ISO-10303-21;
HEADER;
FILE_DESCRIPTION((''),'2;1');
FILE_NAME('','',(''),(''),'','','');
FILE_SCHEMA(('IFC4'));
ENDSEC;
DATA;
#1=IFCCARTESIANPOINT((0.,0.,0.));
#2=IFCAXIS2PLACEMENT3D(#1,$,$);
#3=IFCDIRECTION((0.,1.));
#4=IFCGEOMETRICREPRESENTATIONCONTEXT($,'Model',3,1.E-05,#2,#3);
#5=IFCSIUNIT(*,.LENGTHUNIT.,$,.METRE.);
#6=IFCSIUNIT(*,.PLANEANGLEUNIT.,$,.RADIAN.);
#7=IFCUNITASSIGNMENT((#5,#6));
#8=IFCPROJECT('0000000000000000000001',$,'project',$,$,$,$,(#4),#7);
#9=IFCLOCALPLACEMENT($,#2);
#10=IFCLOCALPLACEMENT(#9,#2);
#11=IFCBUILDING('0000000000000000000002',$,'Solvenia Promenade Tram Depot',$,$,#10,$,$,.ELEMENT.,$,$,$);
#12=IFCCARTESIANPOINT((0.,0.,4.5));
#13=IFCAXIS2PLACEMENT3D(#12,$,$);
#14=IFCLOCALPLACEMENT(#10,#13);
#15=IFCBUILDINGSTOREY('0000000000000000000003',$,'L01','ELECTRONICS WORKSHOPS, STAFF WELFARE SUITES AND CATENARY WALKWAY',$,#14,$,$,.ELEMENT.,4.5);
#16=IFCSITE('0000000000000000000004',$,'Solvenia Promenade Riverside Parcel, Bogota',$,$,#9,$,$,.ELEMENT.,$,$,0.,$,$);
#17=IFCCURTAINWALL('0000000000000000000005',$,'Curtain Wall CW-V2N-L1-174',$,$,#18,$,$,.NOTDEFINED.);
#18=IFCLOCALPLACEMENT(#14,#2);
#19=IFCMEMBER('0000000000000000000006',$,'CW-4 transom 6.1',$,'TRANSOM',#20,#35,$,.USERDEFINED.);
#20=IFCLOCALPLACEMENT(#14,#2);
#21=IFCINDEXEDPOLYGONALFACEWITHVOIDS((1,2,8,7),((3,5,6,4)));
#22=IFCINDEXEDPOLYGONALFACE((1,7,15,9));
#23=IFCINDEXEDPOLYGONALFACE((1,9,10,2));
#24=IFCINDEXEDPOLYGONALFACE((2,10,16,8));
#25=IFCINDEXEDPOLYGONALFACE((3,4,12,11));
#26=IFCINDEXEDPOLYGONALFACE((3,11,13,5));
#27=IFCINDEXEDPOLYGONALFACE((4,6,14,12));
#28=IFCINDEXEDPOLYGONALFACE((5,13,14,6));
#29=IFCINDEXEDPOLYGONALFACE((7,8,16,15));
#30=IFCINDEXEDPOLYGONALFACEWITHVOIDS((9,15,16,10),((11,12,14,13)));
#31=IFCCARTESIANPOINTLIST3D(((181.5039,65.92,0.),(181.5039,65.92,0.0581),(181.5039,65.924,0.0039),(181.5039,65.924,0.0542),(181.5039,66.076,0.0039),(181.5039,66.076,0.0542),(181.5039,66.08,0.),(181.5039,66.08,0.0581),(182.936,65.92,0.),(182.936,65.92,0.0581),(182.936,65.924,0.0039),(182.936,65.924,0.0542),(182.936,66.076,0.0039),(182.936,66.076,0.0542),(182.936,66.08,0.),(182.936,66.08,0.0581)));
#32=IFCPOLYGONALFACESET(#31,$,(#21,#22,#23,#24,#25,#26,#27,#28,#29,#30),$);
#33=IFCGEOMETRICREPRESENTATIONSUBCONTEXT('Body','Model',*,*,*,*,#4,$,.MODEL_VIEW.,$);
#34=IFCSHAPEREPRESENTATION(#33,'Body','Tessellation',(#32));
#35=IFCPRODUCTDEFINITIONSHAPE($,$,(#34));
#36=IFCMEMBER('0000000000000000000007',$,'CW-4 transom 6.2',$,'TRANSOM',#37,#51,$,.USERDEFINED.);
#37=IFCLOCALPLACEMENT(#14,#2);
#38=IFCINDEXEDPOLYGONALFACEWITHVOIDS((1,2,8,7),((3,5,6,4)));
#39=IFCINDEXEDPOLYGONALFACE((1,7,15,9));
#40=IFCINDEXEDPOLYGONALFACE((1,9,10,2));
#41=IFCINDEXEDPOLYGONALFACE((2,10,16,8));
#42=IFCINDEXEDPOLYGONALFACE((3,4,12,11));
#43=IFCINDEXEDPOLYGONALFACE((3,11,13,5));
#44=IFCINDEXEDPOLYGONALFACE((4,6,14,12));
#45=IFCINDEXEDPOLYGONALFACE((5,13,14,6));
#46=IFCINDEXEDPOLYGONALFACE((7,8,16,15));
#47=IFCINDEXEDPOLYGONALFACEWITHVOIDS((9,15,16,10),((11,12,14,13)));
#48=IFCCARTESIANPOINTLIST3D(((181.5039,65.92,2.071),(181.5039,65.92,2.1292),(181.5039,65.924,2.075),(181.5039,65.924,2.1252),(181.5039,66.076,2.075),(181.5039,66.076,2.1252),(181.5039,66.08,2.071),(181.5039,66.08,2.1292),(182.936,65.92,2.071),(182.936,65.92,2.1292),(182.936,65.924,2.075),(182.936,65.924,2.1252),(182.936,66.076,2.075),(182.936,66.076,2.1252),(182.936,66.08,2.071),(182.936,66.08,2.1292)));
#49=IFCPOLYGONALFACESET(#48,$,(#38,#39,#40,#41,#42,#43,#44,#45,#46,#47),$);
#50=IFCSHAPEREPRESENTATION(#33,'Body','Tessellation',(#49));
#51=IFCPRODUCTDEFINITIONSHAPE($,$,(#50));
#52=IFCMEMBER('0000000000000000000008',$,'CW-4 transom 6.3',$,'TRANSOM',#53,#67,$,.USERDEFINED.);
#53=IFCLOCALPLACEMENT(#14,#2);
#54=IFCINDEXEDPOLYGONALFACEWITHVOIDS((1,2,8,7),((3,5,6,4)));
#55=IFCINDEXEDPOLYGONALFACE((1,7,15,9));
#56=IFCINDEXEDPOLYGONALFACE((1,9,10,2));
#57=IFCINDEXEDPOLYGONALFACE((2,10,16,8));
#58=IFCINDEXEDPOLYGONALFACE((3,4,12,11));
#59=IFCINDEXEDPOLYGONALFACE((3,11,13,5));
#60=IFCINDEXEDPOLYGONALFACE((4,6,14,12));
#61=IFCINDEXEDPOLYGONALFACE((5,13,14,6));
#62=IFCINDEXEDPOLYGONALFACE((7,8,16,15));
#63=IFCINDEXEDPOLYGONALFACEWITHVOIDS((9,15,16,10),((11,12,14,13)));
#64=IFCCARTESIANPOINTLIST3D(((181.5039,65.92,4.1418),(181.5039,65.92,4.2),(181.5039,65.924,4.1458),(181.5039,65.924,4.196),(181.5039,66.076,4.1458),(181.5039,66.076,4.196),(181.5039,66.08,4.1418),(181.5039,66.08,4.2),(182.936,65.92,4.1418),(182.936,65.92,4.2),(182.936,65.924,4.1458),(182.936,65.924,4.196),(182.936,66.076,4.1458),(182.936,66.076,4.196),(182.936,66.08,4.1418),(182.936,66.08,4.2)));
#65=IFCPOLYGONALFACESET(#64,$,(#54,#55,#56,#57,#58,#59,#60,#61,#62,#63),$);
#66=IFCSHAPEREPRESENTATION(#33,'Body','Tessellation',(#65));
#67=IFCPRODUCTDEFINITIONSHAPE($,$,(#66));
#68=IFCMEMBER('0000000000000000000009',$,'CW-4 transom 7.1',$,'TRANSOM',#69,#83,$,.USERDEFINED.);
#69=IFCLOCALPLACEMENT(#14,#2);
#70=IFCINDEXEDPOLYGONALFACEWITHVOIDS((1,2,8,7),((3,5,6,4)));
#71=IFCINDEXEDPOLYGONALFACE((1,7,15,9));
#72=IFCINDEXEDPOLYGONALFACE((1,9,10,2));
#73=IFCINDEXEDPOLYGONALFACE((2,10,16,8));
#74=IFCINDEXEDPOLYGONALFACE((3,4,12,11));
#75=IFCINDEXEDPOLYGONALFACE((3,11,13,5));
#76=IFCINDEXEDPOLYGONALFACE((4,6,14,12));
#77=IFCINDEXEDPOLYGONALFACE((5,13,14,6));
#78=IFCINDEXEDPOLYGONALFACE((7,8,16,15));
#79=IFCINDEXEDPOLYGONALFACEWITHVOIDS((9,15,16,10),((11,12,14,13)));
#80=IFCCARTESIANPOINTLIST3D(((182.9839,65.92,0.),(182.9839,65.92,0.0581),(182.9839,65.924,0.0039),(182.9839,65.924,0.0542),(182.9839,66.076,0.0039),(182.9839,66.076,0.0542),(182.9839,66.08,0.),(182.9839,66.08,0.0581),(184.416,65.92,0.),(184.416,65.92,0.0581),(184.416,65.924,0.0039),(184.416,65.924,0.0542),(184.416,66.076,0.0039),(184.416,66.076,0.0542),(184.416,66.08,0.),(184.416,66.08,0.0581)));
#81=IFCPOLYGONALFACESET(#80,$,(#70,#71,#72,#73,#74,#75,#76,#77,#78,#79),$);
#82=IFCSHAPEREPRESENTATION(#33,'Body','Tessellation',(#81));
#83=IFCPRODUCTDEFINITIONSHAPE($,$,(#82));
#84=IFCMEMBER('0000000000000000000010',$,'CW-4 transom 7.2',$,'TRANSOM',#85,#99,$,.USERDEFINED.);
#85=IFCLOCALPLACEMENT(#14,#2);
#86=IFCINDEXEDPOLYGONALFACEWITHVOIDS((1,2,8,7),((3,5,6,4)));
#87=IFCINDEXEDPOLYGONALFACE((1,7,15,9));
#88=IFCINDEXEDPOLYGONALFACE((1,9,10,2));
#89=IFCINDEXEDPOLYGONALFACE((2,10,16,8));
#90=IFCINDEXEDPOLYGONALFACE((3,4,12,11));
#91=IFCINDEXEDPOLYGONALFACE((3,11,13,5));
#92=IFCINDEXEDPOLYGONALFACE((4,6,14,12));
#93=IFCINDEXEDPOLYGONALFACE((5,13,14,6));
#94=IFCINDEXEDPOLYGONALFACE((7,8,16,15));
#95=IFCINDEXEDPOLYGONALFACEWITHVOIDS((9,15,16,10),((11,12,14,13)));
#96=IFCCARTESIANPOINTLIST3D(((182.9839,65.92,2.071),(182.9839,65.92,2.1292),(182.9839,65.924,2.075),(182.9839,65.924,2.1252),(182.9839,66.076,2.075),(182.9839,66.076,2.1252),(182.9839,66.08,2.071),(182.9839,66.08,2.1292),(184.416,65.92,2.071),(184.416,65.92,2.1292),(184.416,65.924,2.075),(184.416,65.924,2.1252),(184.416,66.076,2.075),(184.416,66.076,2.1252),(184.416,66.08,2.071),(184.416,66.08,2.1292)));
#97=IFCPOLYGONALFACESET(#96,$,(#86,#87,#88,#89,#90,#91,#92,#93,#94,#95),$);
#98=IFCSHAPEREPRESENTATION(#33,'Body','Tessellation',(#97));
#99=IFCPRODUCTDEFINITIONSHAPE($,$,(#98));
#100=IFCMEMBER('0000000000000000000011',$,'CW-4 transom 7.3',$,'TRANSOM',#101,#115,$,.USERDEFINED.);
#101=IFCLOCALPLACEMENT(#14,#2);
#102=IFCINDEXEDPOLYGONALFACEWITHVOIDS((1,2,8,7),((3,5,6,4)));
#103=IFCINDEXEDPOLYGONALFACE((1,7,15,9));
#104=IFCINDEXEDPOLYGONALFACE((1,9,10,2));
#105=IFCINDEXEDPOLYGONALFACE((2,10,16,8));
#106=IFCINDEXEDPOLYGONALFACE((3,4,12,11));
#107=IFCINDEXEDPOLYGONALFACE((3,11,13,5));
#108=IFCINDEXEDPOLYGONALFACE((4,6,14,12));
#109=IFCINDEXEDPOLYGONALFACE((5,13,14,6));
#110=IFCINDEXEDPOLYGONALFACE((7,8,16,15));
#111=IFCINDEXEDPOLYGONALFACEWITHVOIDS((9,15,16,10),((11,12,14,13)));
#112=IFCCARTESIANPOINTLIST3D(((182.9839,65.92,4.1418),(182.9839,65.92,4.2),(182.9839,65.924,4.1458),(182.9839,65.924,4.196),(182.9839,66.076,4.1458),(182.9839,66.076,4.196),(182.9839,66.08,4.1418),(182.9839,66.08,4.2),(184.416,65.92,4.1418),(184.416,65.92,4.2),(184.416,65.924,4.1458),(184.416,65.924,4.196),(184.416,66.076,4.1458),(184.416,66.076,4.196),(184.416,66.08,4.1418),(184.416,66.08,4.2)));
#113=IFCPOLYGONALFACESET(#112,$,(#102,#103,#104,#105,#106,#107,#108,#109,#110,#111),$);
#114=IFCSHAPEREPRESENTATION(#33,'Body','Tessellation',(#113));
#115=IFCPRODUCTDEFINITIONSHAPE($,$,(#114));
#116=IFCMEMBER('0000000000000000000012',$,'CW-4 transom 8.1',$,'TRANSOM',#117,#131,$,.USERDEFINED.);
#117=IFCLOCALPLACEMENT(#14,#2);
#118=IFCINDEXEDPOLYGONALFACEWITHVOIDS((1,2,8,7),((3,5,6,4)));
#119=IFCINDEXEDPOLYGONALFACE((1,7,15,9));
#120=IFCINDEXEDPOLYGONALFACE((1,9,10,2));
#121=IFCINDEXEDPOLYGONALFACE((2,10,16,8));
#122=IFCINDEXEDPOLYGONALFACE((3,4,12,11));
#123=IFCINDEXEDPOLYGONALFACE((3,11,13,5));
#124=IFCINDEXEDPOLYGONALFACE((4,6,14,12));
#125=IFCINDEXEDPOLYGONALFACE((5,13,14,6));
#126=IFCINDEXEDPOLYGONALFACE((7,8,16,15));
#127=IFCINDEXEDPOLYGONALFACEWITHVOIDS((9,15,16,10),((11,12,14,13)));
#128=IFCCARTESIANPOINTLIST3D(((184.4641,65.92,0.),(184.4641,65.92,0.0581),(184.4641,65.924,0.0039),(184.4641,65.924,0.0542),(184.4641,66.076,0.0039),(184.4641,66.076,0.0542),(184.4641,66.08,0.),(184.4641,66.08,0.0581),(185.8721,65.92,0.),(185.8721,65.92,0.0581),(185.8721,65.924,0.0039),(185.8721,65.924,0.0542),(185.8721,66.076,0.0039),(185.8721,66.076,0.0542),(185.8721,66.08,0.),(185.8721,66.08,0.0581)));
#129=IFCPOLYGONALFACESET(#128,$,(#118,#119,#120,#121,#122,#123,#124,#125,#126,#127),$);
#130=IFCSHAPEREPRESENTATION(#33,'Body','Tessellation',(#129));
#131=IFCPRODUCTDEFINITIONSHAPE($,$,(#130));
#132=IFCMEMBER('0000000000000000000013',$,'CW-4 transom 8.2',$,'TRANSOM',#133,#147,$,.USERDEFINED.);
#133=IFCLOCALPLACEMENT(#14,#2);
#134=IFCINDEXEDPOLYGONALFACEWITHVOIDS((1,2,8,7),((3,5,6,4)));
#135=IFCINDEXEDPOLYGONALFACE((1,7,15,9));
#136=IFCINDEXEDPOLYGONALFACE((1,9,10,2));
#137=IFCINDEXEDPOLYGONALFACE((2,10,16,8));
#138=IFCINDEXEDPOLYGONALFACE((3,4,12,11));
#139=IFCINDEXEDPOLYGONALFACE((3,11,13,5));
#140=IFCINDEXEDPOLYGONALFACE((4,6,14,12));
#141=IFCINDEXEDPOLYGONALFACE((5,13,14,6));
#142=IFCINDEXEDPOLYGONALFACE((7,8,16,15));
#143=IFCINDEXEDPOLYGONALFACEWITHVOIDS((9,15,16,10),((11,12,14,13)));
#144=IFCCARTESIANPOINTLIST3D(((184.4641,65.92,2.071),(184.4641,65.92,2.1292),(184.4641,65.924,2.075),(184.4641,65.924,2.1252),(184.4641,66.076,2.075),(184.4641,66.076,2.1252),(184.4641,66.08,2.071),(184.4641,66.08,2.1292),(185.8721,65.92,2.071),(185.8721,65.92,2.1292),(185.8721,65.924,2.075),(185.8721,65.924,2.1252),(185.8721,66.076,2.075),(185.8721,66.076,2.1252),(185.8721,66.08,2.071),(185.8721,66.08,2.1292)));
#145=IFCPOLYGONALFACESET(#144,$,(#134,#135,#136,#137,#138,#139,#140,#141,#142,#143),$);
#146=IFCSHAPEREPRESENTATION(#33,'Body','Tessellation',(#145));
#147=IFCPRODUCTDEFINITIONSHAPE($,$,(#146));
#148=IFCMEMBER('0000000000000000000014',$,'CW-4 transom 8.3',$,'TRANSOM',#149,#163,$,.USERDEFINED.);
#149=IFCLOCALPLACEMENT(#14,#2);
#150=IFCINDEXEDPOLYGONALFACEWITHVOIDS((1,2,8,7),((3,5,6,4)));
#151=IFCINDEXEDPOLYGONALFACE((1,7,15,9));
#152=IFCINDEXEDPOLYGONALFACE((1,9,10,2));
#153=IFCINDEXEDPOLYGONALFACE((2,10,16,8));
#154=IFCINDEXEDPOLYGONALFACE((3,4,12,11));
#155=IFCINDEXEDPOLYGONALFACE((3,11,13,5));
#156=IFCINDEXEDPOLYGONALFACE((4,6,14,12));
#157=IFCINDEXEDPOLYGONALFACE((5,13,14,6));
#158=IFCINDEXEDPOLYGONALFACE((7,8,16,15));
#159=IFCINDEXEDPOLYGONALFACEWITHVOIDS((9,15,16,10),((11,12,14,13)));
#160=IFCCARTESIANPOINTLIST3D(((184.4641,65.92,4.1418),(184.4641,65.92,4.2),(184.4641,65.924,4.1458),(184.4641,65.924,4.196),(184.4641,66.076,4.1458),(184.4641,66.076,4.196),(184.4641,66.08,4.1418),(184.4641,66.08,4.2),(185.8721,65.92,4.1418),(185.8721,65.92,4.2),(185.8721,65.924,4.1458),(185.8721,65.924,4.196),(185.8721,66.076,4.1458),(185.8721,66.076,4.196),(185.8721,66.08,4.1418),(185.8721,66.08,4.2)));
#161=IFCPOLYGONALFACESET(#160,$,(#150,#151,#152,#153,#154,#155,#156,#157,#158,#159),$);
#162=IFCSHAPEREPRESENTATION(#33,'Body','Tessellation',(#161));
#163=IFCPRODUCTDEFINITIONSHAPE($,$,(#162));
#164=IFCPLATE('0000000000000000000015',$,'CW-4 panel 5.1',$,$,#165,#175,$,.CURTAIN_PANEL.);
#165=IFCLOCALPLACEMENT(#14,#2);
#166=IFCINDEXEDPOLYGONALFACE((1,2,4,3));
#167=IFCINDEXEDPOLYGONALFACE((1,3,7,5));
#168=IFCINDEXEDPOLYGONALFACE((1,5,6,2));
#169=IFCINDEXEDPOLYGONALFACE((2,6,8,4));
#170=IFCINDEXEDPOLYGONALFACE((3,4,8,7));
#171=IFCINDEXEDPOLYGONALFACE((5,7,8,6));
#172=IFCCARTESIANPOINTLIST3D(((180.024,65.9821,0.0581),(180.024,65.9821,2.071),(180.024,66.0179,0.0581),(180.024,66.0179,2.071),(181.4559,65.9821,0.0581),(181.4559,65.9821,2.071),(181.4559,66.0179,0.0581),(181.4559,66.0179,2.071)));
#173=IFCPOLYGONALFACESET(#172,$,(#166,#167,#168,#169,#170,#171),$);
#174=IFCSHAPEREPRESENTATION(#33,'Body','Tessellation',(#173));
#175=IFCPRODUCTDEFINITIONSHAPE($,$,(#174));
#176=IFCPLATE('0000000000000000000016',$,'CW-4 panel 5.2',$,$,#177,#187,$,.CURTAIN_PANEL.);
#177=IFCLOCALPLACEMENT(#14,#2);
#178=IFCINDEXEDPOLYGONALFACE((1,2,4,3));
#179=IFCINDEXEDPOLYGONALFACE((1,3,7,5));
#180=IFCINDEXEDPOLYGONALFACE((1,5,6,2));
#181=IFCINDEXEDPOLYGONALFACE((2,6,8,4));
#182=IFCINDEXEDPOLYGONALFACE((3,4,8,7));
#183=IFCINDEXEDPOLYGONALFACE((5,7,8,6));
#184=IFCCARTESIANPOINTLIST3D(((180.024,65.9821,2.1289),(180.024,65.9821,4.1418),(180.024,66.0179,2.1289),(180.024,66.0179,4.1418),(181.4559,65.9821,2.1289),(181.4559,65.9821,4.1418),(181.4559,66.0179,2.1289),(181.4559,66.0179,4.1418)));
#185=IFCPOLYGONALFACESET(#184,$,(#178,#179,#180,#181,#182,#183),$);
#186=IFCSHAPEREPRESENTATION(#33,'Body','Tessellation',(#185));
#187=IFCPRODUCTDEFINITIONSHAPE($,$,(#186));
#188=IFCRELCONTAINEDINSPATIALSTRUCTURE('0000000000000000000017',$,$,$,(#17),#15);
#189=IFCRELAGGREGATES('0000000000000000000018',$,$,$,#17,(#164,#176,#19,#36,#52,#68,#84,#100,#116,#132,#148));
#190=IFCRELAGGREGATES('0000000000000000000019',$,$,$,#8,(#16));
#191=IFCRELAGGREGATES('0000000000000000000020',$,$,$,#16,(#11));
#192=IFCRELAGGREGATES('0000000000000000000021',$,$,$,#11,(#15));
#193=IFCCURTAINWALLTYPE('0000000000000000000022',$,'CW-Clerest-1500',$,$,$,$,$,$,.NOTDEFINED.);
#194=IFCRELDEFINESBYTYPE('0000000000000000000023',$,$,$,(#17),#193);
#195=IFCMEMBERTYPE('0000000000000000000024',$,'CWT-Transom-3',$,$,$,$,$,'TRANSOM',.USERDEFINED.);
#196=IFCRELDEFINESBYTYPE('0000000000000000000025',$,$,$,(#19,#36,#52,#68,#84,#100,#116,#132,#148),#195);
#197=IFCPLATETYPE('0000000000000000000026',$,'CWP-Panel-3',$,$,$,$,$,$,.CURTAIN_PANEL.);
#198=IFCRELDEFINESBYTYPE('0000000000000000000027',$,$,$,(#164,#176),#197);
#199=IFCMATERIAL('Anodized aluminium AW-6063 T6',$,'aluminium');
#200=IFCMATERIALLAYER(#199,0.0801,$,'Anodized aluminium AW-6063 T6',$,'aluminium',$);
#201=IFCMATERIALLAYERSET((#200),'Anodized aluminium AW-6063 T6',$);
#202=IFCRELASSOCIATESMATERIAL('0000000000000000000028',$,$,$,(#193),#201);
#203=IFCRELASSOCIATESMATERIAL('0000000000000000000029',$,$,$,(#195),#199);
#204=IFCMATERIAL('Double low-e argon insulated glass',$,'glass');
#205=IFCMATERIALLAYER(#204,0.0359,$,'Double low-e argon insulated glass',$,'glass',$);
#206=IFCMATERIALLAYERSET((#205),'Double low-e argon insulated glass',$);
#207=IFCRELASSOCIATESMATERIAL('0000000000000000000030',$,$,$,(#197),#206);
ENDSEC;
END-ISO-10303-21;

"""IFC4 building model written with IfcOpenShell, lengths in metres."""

from ifc_helpers import new_model, si_unit, direction, frame, origin, origin_2d, place, context, subcontext, project, spatial, rectangle, hollow_rectangle, extrude, material, layer, layer_set, material_profile, profile_set, type_object, element, aggregate, save


model = new_model("IFC4")

# Units and contexts
model_context = context("Model", 3, precision=1e-05, world=origin(), true_north=direction((0.0, 1.0)))
body_context = subcontext(model_context, "Body", "Model", "MODEL_VIEW")
ifc_project = project(units=[si_unit("LENGTHUNIT", "METRE"), si_unit("PLANEANGLEUNIT", "RADIAN")], contexts=[model_context])

# Site, building, storey
site_placement = place(None, origin())
site = spatial("IfcSite", under=ifc_project, at=site_placement, Name="Solvenia Promenade Riverside Parcel, Bogota", CompositionType="ELEMENT", RefElevation=0.0)
building_placement = place(site_placement, origin())
building = spatial("IfcBuilding", under=site, at=building_placement, Name="Solvenia Promenade Tram Depot", CompositionType="ELEMENT")
storey_placement = place(building_placement, frame((0.0, 0.0, 4.5)))
storey = spatial("IfcBuildingStorey", under=building, at=storey_placement, Name="L01", Description="ELECTRONICS WORKSHOPS, STAFF WELFARE SUITES AND CATENARY WALKWAY", CompositionType="ELEMENT", Elevation=4.5)

# Curtain wall, members, plates
ifc_material_1 = material(Name="Anodized aluminium AW-6063 T6", Category="aluminium")
ifc_layer_1 = layer(ifc_material_1, 0.0801, Name="Anodized aluminium AW-6063 T6", Category="aluminium")
ifc_layer_set_1 = layer_set([ifc_layer_1], Name="Anodized aluminium AW-6063 T6")
curtain_wall_type = type_object("IfcCurtainWallType", Name="CW-Clerest-1500", PredefinedType="NOTDEFINED", material=ifc_layer_set_1)
curtain_wall_placement = place(storey_placement, origin())
curtain_wall = element("IfcCurtainWall", 1, at=curtain_wall_placement, inside=storey, type_object=curtain_wall_type, Name="Curtain Wall CW-V2N-L1-174", PredefinedType="NOTDEFINED")
ifc_material_profile_1 = material_profile(ifc_material_1, hollow_rectangle(XDim=0.1599, YDim=0.0581, WallThickness=0.0039, at=origin_2d()), Name="ALU-T3", Category="aluminium")
ifc_profile_set_1 = profile_set([ifc_material_profile_1], Name="Anodized aluminium AW-6063 T6")
member_type_1 = type_object("IfcMemberType", Name="CWT-Transom-3", ElementType="TRANSOM", PredefinedType="USERDEFINED", material=ifc_profile_set_1)
member_1_placement = place(storey_placement, frame((181.5039, 66.0, 0.0291), z_axis=(1.0, 0.0, 0.0), x_axis=(0.0, 1.0, 0.0)))
member_1 = element("IfcMember", 2, at=member_1_placement, type_object=member_type_1, Name="CW-4 transom 6.1", ObjectType="TRANSOM", PredefinedType="USERDEFINED", context=body_context, shape_type="SweptSolid", body=[
    extrude(hollow_rectangle(XDim=0.1599, YDim=0.0581, WallThickness=0.0039, at=origin_2d()), origin(), (0.0, 0.0, 1.0), 1.4321),
])
member_2_placement = place(storey_placement, frame((181.5039, 66.0, 2.1001), z_axis=(1.0, 0.0, 0.0), x_axis=(0.0, 1.0, 0.0)))
member_2 = element("IfcMember", 3, at=member_2_placement, type_object=member_type_1, Name="CW-4 transom 6.2", ObjectType="TRANSOM", PredefinedType="USERDEFINED", context=body_context, shape_type="SweptSolid", body=[
    extrude(hollow_rectangle(XDim=0.1599, YDim=0.0581, WallThickness=0.0039, at=origin_2d()), origin(), (0.0, 0.0, 1.0), 1.4321),
])
member_3_placement = place(storey_placement, frame((181.5039, 66.0, 4.1709), z_axis=(1.0, 0.0, 0.0), x_axis=(0.0, 1.0, 0.0)))
member_3 = element("IfcMember", 4, at=member_3_placement, type_object=member_type_1, Name="CW-4 transom 6.3", ObjectType="TRANSOM", PredefinedType="USERDEFINED", context=body_context, shape_type="SweptSolid", body=[
    extrude(hollow_rectangle(XDim=0.1599, YDim=0.0581, WallThickness=0.0039, at=origin_2d()), origin(), (0.0, 0.0, 1.0), 1.4321),
])
member_4_placement = place(storey_placement, frame((182.9839, 66.0, 0.0291), z_axis=(1.0, 0.0, 0.0), x_axis=(0.0, 1.0, 0.0)))
member_4 = element("IfcMember", 5, at=member_4_placement, type_object=member_type_1, Name="CW-4 transom 7.1", ObjectType="TRANSOM", PredefinedType="USERDEFINED", context=body_context, shape_type="SweptSolid", body=[
    extrude(hollow_rectangle(XDim=0.1599, YDim=0.0581, WallThickness=0.0039, at=origin_2d()), origin(), (0.0, 0.0, 1.0), 1.4321),
])
member_5_placement = place(storey_placement, frame((182.9839, 66.0, 2.1001), z_axis=(1.0, 0.0, 0.0), x_axis=(0.0, 1.0, 0.0)))
member_5 = element("IfcMember", 6, at=member_5_placement, type_object=member_type_1, Name="CW-4 transom 7.2", ObjectType="TRANSOM", PredefinedType="USERDEFINED", context=body_context, shape_type="SweptSolid", body=[
    extrude(hollow_rectangle(XDim=0.1599, YDim=0.0581, WallThickness=0.0039, at=origin_2d()), origin(), (0.0, 0.0, 1.0), 1.4321),
])
member_6_placement = place(storey_placement, frame((182.9839, 66.0, 4.1709), z_axis=(1.0, 0.0, 0.0), x_axis=(0.0, 1.0, 0.0)))
member_6 = element("IfcMember", 7, at=member_6_placement, type_object=member_type_1, Name="CW-4 transom 7.3", ObjectType="TRANSOM", PredefinedType="USERDEFINED", context=body_context, shape_type="SweptSolid", body=[
    extrude(hollow_rectangle(XDim=0.1599, YDim=0.0581, WallThickness=0.0039, at=origin_2d()), origin(), (0.0, 0.0, 1.0), 1.4321),
])
member_7_placement = place(storey_placement, frame((184.4641, 66.0, 0.0291), z_axis=(1.0, 0.0, 0.0), x_axis=(0.0, 1.0, 0.0)))
member_7 = element("IfcMember", 8, at=member_7_placement, type_object=member_type_1, Name="CW-4 transom 8.1", ObjectType="TRANSOM", PredefinedType="USERDEFINED", context=body_context, shape_type="SweptSolid", body=[
    extrude(hollow_rectangle(XDim=0.1599, YDim=0.0581, WallThickness=0.0039, at=origin_2d()), origin(), (0.0, 0.0, 1.0), 1.408),
])
member_8_placement = place(storey_placement, frame((184.4641, 66.0, 2.1001), z_axis=(1.0, 0.0, 0.0), x_axis=(0.0, 1.0, 0.0)))
member_8 = element("IfcMember", 9, at=member_8_placement, type_object=member_type_1, Name="CW-4 transom 8.2", ObjectType="TRANSOM", PredefinedType="USERDEFINED", context=body_context, shape_type="SweptSolid", body=[
    extrude(hollow_rectangle(XDim=0.1599, YDim=0.0581, WallThickness=0.0039, at=origin_2d()), origin(), (0.0, 0.0, 1.0), 1.408),
])
member_9_placement = place(storey_placement, frame((184.4641, 66.0, 4.1709), z_axis=(1.0, 0.0, 0.0), x_axis=(0.0, 1.0, 0.0)))
member_9 = element("IfcMember", 10, at=member_9_placement, type_object=member_type_1, Name="CW-4 transom 8.3", ObjectType="TRANSOM", PredefinedType="USERDEFINED", context=body_context, shape_type="SweptSolid", body=[
    extrude(hollow_rectangle(XDim=0.1599, YDim=0.0581, WallThickness=0.0039, at=origin_2d()), origin(), (0.0, 0.0, 1.0), 1.408),
])
ifc_material_2 = material(Name="Double low-e argon insulated glass", Category="glass")
ifc_layer_2 = layer(ifc_material_2, 0.0359, Name="Double low-e argon insulated glass", Category="glass")
ifc_layer_set_2 = layer_set([ifc_layer_2], Name="Double low-e argon insulated glass")
plate_type = type_object("IfcPlateType", Name="CWP-Panel-3", PredefinedType="CURTAIN_PANEL", material=ifc_layer_set_2)
plate_1_placement = place(storey_placement, frame((180.74, 66.0, 0.0581), z_axis=(0.0, 0.0, 1.0), x_axis=(1.0, 0.0, 0.0)))
plate_1 = element("IfcPlate", 11, at=plate_1_placement, type_object=plate_type, Name="CW-4 panel 5.1", PredefinedType="CURTAIN_PANEL", context=body_context, shape_type="SweptSolid", body=[
    extrude(rectangle(XDim=1.4319, YDim=0.0359, at=origin_2d()), origin(), (0.0, 0.0, 1.0), 2.0129),
])
plate_2_placement = place(storey_placement, frame((180.74, 66.0, 2.1289), z_axis=(0.0, 0.0, 1.0), x_axis=(1.0, 0.0, 0.0)))
plate_2 = element("IfcPlate", 12, at=plate_2_placement, type_object=plate_type, Name="CW-4 panel 5.2", PredefinedType="CURTAIN_PANEL", context=body_context, shape_type="SweptSolid", body=[
    extrude(rectangle(XDim=1.4319, YDim=0.0359, at=origin_2d()), origin(), (0.0, 0.0, 1.0), 2.0129),
])
aggregate(curtain_wall, [plate_1, plate_2, member_1, member_2, member_3, member_4, member_5, member_6, member_7, member_8, member_9])

save(model, "model.ifc")
